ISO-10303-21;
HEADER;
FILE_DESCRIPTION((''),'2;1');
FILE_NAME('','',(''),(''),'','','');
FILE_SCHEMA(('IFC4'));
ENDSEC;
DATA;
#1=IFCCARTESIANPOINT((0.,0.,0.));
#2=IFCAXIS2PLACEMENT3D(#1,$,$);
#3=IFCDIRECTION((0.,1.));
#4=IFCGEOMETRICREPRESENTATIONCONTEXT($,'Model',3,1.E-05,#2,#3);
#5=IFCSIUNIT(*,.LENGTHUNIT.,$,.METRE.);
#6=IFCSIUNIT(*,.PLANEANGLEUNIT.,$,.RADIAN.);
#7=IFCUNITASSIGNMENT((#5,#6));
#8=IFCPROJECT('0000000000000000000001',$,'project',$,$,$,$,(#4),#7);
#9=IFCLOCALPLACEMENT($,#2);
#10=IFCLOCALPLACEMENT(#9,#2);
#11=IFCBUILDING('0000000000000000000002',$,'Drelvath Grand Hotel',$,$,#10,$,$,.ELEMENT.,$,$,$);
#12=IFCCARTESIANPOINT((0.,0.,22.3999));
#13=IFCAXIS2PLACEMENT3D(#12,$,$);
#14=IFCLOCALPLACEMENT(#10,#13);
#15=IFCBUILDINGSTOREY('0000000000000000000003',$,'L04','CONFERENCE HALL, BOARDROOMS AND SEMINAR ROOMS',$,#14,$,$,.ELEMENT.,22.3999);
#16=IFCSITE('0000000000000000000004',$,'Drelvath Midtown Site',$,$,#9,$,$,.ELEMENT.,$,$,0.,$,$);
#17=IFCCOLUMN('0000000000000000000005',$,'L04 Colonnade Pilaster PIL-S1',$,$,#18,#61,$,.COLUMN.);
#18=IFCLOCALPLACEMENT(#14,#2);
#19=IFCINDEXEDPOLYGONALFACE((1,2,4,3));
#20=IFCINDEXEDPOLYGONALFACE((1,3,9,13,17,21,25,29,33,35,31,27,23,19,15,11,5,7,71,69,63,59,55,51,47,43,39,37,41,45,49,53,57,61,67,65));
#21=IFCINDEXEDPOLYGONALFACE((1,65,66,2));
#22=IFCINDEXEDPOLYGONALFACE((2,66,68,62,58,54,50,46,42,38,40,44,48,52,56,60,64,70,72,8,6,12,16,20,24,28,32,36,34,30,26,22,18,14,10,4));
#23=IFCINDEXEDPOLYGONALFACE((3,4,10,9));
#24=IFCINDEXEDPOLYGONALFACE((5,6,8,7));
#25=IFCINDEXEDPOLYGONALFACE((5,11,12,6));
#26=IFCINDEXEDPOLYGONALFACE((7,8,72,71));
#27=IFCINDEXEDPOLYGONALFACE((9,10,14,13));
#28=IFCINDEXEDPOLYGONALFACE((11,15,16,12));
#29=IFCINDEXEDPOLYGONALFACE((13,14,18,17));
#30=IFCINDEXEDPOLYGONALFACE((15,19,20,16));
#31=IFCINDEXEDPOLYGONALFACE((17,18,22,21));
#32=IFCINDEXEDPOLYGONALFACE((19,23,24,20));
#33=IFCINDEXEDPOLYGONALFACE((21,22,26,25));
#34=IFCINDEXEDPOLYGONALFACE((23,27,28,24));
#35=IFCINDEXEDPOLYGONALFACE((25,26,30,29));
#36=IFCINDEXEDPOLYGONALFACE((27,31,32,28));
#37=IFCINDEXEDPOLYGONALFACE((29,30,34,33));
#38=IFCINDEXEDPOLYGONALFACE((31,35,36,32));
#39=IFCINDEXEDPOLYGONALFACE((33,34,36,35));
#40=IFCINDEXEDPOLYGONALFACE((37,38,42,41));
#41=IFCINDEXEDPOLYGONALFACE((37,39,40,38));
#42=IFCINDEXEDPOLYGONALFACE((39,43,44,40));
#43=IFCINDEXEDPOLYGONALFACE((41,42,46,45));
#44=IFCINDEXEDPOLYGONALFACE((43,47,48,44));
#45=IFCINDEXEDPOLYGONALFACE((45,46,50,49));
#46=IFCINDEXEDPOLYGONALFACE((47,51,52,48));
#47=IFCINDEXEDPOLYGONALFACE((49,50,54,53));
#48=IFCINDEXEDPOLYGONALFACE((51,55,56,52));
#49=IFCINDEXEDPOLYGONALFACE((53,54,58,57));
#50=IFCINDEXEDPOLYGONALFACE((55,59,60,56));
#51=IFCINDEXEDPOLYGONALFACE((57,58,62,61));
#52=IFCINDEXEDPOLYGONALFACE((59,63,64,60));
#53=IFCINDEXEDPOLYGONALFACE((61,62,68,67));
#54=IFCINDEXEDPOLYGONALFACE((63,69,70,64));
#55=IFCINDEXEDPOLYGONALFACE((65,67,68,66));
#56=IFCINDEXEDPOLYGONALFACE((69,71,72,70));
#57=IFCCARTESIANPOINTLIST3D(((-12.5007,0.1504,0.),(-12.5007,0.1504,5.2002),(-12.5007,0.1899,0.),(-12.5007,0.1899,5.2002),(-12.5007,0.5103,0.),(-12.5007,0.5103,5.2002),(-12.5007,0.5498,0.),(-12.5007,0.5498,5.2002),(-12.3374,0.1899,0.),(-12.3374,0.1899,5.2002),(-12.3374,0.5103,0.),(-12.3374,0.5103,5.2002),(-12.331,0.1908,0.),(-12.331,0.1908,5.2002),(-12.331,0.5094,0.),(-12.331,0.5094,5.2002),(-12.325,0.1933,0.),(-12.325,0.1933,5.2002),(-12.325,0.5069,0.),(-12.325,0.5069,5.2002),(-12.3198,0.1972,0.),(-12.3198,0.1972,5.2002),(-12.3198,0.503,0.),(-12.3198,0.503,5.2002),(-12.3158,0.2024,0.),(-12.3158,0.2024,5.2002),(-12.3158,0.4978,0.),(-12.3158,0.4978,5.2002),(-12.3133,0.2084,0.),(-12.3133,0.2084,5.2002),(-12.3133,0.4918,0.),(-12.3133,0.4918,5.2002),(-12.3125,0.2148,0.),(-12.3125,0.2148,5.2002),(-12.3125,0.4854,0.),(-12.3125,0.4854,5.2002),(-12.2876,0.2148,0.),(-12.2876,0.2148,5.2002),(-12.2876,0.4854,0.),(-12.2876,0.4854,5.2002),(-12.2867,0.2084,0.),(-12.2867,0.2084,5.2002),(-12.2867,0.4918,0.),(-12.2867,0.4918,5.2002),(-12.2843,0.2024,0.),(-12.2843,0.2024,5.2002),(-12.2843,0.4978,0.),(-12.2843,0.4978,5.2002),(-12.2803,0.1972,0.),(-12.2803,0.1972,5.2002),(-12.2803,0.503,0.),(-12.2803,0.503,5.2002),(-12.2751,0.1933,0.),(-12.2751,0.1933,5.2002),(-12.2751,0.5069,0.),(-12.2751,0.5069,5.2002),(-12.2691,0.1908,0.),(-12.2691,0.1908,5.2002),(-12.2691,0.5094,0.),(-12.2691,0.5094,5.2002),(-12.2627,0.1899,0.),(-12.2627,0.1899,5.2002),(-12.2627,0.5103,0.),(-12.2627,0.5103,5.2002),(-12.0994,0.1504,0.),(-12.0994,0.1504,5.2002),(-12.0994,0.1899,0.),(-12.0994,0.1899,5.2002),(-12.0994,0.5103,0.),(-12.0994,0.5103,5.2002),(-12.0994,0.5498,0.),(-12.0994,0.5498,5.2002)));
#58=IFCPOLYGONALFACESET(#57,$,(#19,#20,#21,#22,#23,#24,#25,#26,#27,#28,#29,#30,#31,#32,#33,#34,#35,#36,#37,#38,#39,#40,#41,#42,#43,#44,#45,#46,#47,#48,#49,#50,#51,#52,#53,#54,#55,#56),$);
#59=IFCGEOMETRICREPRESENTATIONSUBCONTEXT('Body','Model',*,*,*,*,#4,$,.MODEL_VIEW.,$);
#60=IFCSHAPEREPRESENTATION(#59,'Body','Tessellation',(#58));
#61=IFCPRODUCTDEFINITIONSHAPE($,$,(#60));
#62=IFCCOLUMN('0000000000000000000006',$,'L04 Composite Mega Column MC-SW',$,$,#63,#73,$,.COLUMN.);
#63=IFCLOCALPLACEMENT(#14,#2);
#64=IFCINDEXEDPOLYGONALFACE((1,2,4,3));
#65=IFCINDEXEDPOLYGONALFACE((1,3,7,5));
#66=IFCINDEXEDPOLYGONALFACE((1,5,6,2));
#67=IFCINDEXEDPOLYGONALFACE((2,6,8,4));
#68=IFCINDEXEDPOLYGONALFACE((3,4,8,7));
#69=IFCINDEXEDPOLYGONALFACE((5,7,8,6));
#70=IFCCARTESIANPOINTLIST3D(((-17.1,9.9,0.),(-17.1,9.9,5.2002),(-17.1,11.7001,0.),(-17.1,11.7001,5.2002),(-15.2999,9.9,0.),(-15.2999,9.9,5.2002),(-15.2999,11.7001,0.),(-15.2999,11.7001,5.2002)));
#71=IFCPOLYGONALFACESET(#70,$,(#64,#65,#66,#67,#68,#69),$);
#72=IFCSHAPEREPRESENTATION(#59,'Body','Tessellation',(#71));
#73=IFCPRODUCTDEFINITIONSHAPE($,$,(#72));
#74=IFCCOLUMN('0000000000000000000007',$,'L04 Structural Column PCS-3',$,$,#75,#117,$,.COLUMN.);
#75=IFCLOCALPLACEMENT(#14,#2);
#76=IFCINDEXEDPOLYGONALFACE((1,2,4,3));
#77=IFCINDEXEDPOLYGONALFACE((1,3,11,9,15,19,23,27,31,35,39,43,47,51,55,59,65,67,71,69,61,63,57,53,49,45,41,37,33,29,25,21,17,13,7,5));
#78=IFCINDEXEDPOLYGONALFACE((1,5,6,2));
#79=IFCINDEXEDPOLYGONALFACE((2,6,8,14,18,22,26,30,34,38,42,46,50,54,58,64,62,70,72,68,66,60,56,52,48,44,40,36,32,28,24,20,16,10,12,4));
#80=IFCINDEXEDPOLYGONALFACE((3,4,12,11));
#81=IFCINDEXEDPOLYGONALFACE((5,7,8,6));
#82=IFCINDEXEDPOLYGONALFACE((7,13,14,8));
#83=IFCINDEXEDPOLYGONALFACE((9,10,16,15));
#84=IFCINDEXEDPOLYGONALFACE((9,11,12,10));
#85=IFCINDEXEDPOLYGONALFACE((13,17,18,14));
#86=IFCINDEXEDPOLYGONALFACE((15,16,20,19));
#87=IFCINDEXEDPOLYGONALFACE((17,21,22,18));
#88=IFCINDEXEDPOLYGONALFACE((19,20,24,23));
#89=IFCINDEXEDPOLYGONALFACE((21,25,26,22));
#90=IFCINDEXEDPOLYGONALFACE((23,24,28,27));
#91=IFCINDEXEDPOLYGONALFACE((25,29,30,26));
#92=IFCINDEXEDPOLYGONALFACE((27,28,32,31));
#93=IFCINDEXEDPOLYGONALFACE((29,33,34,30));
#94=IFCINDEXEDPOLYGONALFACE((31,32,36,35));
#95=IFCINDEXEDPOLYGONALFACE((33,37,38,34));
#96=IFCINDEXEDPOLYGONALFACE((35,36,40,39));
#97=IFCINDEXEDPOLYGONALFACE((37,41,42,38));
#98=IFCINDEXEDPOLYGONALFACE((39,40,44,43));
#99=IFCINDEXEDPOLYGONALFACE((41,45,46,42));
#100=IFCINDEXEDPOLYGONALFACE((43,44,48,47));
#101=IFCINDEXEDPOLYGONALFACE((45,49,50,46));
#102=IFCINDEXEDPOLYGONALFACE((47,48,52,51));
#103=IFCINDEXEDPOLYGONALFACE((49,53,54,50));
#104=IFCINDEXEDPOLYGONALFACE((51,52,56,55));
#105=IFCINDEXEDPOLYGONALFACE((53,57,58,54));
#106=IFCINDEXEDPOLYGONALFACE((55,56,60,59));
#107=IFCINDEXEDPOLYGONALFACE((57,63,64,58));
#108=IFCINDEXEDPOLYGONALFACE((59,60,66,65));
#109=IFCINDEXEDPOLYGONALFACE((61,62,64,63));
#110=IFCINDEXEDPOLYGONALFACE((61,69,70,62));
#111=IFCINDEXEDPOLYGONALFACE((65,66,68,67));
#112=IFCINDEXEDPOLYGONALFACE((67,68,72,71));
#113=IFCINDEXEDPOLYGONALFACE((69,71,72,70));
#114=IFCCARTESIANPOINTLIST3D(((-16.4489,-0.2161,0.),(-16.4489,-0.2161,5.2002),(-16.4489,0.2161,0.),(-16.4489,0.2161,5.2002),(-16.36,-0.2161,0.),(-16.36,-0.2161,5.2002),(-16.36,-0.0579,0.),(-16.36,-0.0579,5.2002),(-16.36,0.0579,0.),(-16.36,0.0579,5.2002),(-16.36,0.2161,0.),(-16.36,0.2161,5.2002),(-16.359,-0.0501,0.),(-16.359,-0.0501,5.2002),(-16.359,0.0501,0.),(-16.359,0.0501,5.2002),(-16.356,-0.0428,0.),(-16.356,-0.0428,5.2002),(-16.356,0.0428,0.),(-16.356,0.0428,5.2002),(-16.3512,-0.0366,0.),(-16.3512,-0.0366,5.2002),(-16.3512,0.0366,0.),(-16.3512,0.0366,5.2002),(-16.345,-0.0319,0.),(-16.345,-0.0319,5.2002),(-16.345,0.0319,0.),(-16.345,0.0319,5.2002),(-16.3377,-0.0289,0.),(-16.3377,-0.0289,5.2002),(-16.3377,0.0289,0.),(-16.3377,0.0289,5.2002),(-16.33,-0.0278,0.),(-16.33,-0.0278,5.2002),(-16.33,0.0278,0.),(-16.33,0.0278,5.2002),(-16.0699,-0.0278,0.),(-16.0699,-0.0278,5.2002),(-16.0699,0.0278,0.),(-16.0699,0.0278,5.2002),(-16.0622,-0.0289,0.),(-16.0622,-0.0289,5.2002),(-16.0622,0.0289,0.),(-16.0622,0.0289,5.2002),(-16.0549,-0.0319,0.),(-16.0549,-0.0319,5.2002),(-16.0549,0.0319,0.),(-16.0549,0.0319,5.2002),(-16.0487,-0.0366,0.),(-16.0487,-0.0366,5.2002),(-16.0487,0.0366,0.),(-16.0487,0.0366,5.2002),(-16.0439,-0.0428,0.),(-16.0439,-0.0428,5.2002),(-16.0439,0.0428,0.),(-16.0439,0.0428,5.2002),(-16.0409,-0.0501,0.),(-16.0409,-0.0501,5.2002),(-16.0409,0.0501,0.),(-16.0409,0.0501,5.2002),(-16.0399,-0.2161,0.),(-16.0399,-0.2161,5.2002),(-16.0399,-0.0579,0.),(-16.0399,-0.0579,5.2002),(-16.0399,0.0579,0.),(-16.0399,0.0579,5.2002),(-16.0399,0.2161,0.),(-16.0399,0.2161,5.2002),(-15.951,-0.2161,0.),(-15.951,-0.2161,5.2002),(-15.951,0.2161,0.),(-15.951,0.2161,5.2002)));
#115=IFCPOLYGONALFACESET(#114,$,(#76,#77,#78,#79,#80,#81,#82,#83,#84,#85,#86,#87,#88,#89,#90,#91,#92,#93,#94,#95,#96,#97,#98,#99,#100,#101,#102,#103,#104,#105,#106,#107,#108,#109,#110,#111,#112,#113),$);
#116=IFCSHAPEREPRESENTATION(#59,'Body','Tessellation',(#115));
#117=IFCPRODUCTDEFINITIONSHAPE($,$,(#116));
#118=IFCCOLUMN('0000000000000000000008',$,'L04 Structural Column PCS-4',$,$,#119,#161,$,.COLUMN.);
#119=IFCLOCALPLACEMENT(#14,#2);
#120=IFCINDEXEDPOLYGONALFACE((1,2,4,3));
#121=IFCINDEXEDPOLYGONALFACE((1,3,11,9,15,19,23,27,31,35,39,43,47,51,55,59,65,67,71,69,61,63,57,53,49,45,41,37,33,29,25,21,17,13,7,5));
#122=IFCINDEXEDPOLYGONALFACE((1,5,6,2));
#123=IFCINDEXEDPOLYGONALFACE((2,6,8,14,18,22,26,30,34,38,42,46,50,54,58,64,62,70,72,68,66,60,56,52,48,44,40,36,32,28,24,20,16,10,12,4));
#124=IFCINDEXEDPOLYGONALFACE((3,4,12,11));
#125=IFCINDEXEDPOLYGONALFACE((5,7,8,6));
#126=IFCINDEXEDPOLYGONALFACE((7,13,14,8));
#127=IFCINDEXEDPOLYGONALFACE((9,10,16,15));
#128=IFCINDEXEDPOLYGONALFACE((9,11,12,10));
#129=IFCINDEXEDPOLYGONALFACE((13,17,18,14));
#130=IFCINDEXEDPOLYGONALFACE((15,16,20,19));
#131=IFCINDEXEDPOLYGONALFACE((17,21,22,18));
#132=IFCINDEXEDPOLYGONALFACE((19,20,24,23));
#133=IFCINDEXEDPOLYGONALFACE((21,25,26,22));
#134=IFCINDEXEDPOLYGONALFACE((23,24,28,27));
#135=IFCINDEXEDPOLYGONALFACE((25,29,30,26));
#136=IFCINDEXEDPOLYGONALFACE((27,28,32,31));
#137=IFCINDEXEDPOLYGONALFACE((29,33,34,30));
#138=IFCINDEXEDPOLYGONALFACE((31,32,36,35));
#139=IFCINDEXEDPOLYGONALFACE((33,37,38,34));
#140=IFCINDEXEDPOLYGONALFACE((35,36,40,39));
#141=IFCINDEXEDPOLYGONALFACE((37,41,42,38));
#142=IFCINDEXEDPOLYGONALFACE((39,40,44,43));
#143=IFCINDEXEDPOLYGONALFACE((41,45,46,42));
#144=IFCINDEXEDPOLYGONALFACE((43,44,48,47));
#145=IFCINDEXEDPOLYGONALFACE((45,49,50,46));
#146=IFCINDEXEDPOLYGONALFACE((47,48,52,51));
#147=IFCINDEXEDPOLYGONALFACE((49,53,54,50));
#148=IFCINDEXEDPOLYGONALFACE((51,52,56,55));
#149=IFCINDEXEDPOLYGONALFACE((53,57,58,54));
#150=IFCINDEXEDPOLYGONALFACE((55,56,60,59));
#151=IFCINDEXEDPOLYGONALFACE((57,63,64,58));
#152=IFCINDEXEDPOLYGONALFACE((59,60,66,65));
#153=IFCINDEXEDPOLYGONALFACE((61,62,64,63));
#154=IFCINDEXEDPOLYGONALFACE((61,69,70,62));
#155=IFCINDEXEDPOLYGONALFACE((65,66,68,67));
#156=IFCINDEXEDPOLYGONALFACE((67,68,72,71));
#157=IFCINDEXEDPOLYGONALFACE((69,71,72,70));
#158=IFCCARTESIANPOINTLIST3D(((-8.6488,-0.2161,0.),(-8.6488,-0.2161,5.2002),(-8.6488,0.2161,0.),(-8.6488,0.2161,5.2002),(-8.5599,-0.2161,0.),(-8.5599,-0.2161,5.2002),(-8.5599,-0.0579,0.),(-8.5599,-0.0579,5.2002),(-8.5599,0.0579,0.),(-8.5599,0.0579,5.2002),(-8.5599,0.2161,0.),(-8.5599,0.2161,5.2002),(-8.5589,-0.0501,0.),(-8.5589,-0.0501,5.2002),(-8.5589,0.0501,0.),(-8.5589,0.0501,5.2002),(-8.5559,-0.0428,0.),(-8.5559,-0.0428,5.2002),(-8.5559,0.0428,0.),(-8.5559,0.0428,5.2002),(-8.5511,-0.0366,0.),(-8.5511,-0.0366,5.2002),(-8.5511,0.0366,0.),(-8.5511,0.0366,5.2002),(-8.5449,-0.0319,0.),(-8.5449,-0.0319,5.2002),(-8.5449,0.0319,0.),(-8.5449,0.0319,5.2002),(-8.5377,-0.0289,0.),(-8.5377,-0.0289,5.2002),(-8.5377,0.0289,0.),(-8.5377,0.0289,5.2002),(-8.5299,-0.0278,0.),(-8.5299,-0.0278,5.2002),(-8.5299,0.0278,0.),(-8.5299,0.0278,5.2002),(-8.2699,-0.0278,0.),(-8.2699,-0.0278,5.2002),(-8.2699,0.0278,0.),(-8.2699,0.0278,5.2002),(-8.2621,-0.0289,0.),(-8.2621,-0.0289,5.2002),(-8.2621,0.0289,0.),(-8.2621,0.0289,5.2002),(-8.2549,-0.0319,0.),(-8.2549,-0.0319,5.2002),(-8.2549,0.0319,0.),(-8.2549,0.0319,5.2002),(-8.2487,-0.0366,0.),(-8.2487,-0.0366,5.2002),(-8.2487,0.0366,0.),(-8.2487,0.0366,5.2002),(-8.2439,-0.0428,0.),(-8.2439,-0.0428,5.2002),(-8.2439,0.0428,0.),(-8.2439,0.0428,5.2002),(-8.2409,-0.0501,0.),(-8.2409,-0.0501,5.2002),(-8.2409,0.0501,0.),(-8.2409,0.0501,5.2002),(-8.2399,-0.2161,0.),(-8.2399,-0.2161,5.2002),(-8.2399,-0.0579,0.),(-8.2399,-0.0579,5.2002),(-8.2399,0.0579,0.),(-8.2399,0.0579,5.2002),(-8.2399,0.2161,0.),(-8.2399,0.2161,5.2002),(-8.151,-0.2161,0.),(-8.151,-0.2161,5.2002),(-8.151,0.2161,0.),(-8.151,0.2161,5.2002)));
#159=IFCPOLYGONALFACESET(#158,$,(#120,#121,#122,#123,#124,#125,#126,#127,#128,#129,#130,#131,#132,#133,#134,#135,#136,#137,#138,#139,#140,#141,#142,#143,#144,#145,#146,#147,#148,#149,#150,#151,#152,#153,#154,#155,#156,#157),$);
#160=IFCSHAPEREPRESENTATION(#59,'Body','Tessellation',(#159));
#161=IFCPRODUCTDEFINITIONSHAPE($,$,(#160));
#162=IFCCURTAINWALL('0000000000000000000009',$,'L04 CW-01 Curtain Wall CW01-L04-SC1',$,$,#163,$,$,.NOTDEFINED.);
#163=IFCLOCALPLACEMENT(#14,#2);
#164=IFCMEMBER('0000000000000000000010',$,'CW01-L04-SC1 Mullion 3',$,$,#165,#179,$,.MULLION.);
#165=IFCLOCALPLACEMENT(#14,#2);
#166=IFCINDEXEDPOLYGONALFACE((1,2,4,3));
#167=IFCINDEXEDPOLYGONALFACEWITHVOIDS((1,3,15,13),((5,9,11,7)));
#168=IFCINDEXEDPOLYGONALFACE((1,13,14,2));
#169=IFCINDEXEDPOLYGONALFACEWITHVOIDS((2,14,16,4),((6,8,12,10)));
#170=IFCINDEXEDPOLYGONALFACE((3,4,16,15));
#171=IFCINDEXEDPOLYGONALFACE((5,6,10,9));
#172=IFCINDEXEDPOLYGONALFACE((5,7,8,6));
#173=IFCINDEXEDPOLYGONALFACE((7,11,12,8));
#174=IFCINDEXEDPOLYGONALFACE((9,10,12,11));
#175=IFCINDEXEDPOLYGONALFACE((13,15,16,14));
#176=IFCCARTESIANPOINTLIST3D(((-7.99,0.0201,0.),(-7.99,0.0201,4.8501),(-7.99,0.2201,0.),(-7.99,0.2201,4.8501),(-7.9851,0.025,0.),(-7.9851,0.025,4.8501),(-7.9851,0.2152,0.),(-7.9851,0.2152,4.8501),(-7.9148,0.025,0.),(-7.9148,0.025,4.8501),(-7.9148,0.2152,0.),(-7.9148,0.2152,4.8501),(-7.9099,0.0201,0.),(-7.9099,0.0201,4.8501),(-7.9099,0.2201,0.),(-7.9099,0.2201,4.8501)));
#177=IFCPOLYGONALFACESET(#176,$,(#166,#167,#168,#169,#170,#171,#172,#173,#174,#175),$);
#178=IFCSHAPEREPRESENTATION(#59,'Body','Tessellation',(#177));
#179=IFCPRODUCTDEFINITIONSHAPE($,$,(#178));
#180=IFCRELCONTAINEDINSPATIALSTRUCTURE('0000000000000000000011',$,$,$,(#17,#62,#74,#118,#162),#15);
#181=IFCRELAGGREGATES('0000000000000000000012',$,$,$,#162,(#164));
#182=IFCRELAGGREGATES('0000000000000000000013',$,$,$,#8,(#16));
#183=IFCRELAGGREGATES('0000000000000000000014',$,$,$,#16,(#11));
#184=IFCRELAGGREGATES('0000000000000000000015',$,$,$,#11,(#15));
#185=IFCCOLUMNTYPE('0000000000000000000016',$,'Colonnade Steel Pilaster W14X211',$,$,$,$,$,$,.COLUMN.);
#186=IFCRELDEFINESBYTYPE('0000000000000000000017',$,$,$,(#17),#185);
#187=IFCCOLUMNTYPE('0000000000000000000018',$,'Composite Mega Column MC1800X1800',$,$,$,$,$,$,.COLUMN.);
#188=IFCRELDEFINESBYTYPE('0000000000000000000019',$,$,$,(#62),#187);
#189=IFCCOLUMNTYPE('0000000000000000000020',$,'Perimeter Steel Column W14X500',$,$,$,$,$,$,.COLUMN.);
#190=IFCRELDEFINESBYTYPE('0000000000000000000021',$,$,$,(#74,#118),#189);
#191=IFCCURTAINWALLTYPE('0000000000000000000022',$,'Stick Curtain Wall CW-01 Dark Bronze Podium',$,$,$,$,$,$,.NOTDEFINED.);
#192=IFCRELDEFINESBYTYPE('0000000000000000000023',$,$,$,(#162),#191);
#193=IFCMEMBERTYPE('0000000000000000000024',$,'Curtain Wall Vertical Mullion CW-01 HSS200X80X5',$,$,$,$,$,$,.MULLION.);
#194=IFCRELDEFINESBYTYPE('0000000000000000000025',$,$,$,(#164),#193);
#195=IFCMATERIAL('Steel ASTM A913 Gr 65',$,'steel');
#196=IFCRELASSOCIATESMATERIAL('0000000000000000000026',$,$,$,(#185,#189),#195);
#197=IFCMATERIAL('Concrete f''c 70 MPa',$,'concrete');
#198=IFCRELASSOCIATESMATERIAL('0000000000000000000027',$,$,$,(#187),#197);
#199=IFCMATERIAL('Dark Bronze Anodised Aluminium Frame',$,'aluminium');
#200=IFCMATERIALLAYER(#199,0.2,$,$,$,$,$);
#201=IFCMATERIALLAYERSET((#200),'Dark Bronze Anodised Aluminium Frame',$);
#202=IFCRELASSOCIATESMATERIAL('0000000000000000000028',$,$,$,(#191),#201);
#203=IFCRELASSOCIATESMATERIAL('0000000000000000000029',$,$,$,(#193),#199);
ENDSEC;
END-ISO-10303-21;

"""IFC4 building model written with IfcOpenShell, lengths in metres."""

from ifc_helpers import new_model, si_unit, direction, frame, origin, origin_2d, place, context, subcontext, project, spatial, rectangle, hollow_rectangle, i_section, extrude, material, layer, layer_set, material_profile, profile_set, type_object, element, aggregate, save


model = new_model("IFC4")

# Units and contexts
model_context = context("Model", 3, precision=1e-05, world=origin(), true_north=direction((0.0, 1.0)))
body_context = subcontext(model_context, "Body", "Model", "MODEL_VIEW")
ifc_project = project(units=[si_unit("LENGTHUNIT", "METRE"), si_unit("PLANEANGLEUNIT", "RADIAN")], contexts=[model_context])

# Site, building, storey
site_placement = place(None, origin())
site = spatial("IfcSite", under=ifc_project, at=site_placement, Name="Drelvath Midtown Site", CompositionType="ELEMENT", RefElevation=0.0)
building_placement = place(site_placement, origin())
building = spatial("IfcBuilding", under=site, at=building_placement, Name="Drelvath Grand Hotel", CompositionType="ELEMENT")
storey_placement = place(building_placement, frame((0.0, 0.0, 22.3999)))
storey = spatial("IfcBuildingStorey", under=building, at=storey_placement, Name="L04", Description="CONFERENCE HALL, BOARDROOMS AND SEMINAR ROOMS", CompositionType="ELEMENT", Elevation=22.3999)

# Columns
ifc_material_1 = material(Name="Steel ASTM A913 Gr 65", Category="steel")
ifc_material_profile_1 = material_profile(ifc_material_1, i_section(OverallWidth=0.4014, OverallDepth=0.3994, WebThickness=0.0249, FlangeThickness=0.0396, FilletRadius=0.0249, at=origin_2d()), Name="W14X211")
ifc_profile_set_1 = profile_set([ifc_material_profile_1], Name="Steel ASTM A913 Gr 65")
column_type_1 = type_object("IfcColumnType", Name="Colonnade Steel Pilaster W14X211", PredefinedType="COLUMN", material=ifc_profile_set_1)
column_1_placement = place(storey_placement, frame((-12.3, 0.3501, 0.0), z_axis=(0.0, 0.0, 1.0), x_axis=(1.0, 0.0, 0.0)))
element("IfcColumn", 1, at=column_1_placement, inside=storey, type_object=column_type_1, Name="L04 Colonnade Pilaster PIL-S1", PredefinedType="COLUMN", context=body_context, shape_type="SweptSolid", body=[
    extrude(i_section(OverallWidth=0.4014, OverallDepth=0.3994, WebThickness=0.0249, FlangeThickness=0.0396, FilletRadius=0.0249, at=origin_2d()), origin(), (0.0, 0.0, 1.0), 5.2002),
])
ifc_material_2 = material(Name="Concrete f'c 70 MPa", Category="concrete")
ifc_material_profile_2 = material_profile(ifc_material_2, rectangle(XDim=1.8, YDim=1.8, at=origin_2d()), Name="MC1800X1800")
ifc_profile_set_2 = profile_set([ifc_material_profile_2], Name="Concrete f'c 70 MPa")
column_type_2 = type_object("IfcColumnType", Name="Composite Mega Column MC1800X1800", PredefinedType="COLUMN", material=ifc_profile_set_2)
column_2_placement = place(storey_placement, frame((-16.2, 10.8, 0.0), z_axis=(0.0, 0.0, 1.0), x_axis=(1.0, 0.0, 0.0)))
element("IfcColumn", 2, at=column_2_placement, inside=storey, type_object=column_type_2, Name="L04 Composite Mega Column MC-SW", PredefinedType="COLUMN", context=body_context, shape_type="SweptSolid", body=[
    extrude(rectangle(XDim=1.8, YDim=1.8, at=origin_2d()), origin(), (0.0, 0.0, 1.0), 5.2002),
])
ifc_material_profile_3 = material_profile(ifc_material_1, i_section(OverallWidth=0.4321, OverallDepth=0.4978, WebThickness=0.0557, FlangeThickness=0.0889, FilletRadius=0.03, at=origin_2d()), Name="W14X500")
ifc_profile_set_3 = profile_set([ifc_material_profile_3], Name="Steel ASTM A913 Gr 65")
column_type_3 = type_object("IfcColumnType", Name="Perimeter Steel Column W14X500", PredefinedType="COLUMN", material=ifc_profile_set_3)
for number, where, z_axis, x_axis, name in (
    (3, (-16.2, 0.0, 0.0), (0.0, 0.0, 1.0), (0.0, 1.0, 0.0), "L04 Structural Column PCS-3"),
    (4, (-8.3999, 0.0, 0.0), (0.0, 0.0, 1.0), (0.0, 1.0, 0.0), "L04 Structural Column PCS-4"),
):
    element("IfcColumn", number, at=place(storey_placement, frame(where, z_axis=z_axis, x_axis=x_axis)), inside=storey, type_object=column_type_3, Name=name, PredefinedType="COLUMN", context=body_context, shape_type="SweptSolid", body=[
        extrude(i_section(OverallWidth=0.4321, OverallDepth=0.4978, WebThickness=0.0557, FlangeThickness=0.0889, FilletRadius=0.03, at=origin_2d()), origin(), (0.0, 0.0, 1.0), 5.2002),
    ])

# Curtain wall, member
ifc_material_3 = material(Name="Dark Bronze Anodised Aluminium Frame", Category="aluminium")
ifc_layer_1 = layer(ifc_material_3, 0.2)
ifc_layer_set_1 = layer_set([ifc_layer_1], Name="Dark Bronze Anodised Aluminium Frame")
curtain_wall_type = type_object("IfcCurtainWallType", Name="Stick Curtain Wall CW-01 Dark Bronze Podium", PredefinedType="NOTDEFINED", material=ifc_layer_set_1)
curtain_wall_placement = place(storey_placement, origin())
curtain_wall = element("IfcCurtainWall", 5, at=curtain_wall_placement, inside=storey, type_object=curtain_wall_type, Name="L04 CW-01 Curtain Wall CW01-L04-SC1", PredefinedType="NOTDEFINED")
ifc_material_profile_4 = material_profile(ifc_material_3, hollow_rectangle(XDim=0.0801, YDim=0.2, WallThickness=0.0049, at=origin_2d()), Name="HSS200X80X5")
ifc_profile_set_4 = profile_set([ifc_material_profile_4], Name="Dark Bronze Anodised Aluminium Frame")
member_type = type_object("IfcMemberType", Name="Curtain Wall Vertical Mullion CW-01 HSS200X80X5", PredefinedType="MULLION", material=ifc_profile_set_4)
member_placement = place(storey_placement, frame((-7.95, 0.1201, 0.0), z_axis=(0.0, 0.0, 1.0), x_axis=(1.0, 0.0, 0.0)))
member = element("IfcMember", 6, at=member_placement, type_object=member_type, Name="CW01-L04-SC1 Mullion 3", PredefinedType="MULLION", context=body_context, shape_type="SweptSolid", body=[
    extrude(hollow_rectangle(XDim=0.0801, YDim=0.2, WallThickness=0.0049, at=origin_2d()), origin(), (0.0, 0.0, 1.0), 4.8501),
])

aggregate(curtain_wall, [member])

save(model, "model.ifc")
